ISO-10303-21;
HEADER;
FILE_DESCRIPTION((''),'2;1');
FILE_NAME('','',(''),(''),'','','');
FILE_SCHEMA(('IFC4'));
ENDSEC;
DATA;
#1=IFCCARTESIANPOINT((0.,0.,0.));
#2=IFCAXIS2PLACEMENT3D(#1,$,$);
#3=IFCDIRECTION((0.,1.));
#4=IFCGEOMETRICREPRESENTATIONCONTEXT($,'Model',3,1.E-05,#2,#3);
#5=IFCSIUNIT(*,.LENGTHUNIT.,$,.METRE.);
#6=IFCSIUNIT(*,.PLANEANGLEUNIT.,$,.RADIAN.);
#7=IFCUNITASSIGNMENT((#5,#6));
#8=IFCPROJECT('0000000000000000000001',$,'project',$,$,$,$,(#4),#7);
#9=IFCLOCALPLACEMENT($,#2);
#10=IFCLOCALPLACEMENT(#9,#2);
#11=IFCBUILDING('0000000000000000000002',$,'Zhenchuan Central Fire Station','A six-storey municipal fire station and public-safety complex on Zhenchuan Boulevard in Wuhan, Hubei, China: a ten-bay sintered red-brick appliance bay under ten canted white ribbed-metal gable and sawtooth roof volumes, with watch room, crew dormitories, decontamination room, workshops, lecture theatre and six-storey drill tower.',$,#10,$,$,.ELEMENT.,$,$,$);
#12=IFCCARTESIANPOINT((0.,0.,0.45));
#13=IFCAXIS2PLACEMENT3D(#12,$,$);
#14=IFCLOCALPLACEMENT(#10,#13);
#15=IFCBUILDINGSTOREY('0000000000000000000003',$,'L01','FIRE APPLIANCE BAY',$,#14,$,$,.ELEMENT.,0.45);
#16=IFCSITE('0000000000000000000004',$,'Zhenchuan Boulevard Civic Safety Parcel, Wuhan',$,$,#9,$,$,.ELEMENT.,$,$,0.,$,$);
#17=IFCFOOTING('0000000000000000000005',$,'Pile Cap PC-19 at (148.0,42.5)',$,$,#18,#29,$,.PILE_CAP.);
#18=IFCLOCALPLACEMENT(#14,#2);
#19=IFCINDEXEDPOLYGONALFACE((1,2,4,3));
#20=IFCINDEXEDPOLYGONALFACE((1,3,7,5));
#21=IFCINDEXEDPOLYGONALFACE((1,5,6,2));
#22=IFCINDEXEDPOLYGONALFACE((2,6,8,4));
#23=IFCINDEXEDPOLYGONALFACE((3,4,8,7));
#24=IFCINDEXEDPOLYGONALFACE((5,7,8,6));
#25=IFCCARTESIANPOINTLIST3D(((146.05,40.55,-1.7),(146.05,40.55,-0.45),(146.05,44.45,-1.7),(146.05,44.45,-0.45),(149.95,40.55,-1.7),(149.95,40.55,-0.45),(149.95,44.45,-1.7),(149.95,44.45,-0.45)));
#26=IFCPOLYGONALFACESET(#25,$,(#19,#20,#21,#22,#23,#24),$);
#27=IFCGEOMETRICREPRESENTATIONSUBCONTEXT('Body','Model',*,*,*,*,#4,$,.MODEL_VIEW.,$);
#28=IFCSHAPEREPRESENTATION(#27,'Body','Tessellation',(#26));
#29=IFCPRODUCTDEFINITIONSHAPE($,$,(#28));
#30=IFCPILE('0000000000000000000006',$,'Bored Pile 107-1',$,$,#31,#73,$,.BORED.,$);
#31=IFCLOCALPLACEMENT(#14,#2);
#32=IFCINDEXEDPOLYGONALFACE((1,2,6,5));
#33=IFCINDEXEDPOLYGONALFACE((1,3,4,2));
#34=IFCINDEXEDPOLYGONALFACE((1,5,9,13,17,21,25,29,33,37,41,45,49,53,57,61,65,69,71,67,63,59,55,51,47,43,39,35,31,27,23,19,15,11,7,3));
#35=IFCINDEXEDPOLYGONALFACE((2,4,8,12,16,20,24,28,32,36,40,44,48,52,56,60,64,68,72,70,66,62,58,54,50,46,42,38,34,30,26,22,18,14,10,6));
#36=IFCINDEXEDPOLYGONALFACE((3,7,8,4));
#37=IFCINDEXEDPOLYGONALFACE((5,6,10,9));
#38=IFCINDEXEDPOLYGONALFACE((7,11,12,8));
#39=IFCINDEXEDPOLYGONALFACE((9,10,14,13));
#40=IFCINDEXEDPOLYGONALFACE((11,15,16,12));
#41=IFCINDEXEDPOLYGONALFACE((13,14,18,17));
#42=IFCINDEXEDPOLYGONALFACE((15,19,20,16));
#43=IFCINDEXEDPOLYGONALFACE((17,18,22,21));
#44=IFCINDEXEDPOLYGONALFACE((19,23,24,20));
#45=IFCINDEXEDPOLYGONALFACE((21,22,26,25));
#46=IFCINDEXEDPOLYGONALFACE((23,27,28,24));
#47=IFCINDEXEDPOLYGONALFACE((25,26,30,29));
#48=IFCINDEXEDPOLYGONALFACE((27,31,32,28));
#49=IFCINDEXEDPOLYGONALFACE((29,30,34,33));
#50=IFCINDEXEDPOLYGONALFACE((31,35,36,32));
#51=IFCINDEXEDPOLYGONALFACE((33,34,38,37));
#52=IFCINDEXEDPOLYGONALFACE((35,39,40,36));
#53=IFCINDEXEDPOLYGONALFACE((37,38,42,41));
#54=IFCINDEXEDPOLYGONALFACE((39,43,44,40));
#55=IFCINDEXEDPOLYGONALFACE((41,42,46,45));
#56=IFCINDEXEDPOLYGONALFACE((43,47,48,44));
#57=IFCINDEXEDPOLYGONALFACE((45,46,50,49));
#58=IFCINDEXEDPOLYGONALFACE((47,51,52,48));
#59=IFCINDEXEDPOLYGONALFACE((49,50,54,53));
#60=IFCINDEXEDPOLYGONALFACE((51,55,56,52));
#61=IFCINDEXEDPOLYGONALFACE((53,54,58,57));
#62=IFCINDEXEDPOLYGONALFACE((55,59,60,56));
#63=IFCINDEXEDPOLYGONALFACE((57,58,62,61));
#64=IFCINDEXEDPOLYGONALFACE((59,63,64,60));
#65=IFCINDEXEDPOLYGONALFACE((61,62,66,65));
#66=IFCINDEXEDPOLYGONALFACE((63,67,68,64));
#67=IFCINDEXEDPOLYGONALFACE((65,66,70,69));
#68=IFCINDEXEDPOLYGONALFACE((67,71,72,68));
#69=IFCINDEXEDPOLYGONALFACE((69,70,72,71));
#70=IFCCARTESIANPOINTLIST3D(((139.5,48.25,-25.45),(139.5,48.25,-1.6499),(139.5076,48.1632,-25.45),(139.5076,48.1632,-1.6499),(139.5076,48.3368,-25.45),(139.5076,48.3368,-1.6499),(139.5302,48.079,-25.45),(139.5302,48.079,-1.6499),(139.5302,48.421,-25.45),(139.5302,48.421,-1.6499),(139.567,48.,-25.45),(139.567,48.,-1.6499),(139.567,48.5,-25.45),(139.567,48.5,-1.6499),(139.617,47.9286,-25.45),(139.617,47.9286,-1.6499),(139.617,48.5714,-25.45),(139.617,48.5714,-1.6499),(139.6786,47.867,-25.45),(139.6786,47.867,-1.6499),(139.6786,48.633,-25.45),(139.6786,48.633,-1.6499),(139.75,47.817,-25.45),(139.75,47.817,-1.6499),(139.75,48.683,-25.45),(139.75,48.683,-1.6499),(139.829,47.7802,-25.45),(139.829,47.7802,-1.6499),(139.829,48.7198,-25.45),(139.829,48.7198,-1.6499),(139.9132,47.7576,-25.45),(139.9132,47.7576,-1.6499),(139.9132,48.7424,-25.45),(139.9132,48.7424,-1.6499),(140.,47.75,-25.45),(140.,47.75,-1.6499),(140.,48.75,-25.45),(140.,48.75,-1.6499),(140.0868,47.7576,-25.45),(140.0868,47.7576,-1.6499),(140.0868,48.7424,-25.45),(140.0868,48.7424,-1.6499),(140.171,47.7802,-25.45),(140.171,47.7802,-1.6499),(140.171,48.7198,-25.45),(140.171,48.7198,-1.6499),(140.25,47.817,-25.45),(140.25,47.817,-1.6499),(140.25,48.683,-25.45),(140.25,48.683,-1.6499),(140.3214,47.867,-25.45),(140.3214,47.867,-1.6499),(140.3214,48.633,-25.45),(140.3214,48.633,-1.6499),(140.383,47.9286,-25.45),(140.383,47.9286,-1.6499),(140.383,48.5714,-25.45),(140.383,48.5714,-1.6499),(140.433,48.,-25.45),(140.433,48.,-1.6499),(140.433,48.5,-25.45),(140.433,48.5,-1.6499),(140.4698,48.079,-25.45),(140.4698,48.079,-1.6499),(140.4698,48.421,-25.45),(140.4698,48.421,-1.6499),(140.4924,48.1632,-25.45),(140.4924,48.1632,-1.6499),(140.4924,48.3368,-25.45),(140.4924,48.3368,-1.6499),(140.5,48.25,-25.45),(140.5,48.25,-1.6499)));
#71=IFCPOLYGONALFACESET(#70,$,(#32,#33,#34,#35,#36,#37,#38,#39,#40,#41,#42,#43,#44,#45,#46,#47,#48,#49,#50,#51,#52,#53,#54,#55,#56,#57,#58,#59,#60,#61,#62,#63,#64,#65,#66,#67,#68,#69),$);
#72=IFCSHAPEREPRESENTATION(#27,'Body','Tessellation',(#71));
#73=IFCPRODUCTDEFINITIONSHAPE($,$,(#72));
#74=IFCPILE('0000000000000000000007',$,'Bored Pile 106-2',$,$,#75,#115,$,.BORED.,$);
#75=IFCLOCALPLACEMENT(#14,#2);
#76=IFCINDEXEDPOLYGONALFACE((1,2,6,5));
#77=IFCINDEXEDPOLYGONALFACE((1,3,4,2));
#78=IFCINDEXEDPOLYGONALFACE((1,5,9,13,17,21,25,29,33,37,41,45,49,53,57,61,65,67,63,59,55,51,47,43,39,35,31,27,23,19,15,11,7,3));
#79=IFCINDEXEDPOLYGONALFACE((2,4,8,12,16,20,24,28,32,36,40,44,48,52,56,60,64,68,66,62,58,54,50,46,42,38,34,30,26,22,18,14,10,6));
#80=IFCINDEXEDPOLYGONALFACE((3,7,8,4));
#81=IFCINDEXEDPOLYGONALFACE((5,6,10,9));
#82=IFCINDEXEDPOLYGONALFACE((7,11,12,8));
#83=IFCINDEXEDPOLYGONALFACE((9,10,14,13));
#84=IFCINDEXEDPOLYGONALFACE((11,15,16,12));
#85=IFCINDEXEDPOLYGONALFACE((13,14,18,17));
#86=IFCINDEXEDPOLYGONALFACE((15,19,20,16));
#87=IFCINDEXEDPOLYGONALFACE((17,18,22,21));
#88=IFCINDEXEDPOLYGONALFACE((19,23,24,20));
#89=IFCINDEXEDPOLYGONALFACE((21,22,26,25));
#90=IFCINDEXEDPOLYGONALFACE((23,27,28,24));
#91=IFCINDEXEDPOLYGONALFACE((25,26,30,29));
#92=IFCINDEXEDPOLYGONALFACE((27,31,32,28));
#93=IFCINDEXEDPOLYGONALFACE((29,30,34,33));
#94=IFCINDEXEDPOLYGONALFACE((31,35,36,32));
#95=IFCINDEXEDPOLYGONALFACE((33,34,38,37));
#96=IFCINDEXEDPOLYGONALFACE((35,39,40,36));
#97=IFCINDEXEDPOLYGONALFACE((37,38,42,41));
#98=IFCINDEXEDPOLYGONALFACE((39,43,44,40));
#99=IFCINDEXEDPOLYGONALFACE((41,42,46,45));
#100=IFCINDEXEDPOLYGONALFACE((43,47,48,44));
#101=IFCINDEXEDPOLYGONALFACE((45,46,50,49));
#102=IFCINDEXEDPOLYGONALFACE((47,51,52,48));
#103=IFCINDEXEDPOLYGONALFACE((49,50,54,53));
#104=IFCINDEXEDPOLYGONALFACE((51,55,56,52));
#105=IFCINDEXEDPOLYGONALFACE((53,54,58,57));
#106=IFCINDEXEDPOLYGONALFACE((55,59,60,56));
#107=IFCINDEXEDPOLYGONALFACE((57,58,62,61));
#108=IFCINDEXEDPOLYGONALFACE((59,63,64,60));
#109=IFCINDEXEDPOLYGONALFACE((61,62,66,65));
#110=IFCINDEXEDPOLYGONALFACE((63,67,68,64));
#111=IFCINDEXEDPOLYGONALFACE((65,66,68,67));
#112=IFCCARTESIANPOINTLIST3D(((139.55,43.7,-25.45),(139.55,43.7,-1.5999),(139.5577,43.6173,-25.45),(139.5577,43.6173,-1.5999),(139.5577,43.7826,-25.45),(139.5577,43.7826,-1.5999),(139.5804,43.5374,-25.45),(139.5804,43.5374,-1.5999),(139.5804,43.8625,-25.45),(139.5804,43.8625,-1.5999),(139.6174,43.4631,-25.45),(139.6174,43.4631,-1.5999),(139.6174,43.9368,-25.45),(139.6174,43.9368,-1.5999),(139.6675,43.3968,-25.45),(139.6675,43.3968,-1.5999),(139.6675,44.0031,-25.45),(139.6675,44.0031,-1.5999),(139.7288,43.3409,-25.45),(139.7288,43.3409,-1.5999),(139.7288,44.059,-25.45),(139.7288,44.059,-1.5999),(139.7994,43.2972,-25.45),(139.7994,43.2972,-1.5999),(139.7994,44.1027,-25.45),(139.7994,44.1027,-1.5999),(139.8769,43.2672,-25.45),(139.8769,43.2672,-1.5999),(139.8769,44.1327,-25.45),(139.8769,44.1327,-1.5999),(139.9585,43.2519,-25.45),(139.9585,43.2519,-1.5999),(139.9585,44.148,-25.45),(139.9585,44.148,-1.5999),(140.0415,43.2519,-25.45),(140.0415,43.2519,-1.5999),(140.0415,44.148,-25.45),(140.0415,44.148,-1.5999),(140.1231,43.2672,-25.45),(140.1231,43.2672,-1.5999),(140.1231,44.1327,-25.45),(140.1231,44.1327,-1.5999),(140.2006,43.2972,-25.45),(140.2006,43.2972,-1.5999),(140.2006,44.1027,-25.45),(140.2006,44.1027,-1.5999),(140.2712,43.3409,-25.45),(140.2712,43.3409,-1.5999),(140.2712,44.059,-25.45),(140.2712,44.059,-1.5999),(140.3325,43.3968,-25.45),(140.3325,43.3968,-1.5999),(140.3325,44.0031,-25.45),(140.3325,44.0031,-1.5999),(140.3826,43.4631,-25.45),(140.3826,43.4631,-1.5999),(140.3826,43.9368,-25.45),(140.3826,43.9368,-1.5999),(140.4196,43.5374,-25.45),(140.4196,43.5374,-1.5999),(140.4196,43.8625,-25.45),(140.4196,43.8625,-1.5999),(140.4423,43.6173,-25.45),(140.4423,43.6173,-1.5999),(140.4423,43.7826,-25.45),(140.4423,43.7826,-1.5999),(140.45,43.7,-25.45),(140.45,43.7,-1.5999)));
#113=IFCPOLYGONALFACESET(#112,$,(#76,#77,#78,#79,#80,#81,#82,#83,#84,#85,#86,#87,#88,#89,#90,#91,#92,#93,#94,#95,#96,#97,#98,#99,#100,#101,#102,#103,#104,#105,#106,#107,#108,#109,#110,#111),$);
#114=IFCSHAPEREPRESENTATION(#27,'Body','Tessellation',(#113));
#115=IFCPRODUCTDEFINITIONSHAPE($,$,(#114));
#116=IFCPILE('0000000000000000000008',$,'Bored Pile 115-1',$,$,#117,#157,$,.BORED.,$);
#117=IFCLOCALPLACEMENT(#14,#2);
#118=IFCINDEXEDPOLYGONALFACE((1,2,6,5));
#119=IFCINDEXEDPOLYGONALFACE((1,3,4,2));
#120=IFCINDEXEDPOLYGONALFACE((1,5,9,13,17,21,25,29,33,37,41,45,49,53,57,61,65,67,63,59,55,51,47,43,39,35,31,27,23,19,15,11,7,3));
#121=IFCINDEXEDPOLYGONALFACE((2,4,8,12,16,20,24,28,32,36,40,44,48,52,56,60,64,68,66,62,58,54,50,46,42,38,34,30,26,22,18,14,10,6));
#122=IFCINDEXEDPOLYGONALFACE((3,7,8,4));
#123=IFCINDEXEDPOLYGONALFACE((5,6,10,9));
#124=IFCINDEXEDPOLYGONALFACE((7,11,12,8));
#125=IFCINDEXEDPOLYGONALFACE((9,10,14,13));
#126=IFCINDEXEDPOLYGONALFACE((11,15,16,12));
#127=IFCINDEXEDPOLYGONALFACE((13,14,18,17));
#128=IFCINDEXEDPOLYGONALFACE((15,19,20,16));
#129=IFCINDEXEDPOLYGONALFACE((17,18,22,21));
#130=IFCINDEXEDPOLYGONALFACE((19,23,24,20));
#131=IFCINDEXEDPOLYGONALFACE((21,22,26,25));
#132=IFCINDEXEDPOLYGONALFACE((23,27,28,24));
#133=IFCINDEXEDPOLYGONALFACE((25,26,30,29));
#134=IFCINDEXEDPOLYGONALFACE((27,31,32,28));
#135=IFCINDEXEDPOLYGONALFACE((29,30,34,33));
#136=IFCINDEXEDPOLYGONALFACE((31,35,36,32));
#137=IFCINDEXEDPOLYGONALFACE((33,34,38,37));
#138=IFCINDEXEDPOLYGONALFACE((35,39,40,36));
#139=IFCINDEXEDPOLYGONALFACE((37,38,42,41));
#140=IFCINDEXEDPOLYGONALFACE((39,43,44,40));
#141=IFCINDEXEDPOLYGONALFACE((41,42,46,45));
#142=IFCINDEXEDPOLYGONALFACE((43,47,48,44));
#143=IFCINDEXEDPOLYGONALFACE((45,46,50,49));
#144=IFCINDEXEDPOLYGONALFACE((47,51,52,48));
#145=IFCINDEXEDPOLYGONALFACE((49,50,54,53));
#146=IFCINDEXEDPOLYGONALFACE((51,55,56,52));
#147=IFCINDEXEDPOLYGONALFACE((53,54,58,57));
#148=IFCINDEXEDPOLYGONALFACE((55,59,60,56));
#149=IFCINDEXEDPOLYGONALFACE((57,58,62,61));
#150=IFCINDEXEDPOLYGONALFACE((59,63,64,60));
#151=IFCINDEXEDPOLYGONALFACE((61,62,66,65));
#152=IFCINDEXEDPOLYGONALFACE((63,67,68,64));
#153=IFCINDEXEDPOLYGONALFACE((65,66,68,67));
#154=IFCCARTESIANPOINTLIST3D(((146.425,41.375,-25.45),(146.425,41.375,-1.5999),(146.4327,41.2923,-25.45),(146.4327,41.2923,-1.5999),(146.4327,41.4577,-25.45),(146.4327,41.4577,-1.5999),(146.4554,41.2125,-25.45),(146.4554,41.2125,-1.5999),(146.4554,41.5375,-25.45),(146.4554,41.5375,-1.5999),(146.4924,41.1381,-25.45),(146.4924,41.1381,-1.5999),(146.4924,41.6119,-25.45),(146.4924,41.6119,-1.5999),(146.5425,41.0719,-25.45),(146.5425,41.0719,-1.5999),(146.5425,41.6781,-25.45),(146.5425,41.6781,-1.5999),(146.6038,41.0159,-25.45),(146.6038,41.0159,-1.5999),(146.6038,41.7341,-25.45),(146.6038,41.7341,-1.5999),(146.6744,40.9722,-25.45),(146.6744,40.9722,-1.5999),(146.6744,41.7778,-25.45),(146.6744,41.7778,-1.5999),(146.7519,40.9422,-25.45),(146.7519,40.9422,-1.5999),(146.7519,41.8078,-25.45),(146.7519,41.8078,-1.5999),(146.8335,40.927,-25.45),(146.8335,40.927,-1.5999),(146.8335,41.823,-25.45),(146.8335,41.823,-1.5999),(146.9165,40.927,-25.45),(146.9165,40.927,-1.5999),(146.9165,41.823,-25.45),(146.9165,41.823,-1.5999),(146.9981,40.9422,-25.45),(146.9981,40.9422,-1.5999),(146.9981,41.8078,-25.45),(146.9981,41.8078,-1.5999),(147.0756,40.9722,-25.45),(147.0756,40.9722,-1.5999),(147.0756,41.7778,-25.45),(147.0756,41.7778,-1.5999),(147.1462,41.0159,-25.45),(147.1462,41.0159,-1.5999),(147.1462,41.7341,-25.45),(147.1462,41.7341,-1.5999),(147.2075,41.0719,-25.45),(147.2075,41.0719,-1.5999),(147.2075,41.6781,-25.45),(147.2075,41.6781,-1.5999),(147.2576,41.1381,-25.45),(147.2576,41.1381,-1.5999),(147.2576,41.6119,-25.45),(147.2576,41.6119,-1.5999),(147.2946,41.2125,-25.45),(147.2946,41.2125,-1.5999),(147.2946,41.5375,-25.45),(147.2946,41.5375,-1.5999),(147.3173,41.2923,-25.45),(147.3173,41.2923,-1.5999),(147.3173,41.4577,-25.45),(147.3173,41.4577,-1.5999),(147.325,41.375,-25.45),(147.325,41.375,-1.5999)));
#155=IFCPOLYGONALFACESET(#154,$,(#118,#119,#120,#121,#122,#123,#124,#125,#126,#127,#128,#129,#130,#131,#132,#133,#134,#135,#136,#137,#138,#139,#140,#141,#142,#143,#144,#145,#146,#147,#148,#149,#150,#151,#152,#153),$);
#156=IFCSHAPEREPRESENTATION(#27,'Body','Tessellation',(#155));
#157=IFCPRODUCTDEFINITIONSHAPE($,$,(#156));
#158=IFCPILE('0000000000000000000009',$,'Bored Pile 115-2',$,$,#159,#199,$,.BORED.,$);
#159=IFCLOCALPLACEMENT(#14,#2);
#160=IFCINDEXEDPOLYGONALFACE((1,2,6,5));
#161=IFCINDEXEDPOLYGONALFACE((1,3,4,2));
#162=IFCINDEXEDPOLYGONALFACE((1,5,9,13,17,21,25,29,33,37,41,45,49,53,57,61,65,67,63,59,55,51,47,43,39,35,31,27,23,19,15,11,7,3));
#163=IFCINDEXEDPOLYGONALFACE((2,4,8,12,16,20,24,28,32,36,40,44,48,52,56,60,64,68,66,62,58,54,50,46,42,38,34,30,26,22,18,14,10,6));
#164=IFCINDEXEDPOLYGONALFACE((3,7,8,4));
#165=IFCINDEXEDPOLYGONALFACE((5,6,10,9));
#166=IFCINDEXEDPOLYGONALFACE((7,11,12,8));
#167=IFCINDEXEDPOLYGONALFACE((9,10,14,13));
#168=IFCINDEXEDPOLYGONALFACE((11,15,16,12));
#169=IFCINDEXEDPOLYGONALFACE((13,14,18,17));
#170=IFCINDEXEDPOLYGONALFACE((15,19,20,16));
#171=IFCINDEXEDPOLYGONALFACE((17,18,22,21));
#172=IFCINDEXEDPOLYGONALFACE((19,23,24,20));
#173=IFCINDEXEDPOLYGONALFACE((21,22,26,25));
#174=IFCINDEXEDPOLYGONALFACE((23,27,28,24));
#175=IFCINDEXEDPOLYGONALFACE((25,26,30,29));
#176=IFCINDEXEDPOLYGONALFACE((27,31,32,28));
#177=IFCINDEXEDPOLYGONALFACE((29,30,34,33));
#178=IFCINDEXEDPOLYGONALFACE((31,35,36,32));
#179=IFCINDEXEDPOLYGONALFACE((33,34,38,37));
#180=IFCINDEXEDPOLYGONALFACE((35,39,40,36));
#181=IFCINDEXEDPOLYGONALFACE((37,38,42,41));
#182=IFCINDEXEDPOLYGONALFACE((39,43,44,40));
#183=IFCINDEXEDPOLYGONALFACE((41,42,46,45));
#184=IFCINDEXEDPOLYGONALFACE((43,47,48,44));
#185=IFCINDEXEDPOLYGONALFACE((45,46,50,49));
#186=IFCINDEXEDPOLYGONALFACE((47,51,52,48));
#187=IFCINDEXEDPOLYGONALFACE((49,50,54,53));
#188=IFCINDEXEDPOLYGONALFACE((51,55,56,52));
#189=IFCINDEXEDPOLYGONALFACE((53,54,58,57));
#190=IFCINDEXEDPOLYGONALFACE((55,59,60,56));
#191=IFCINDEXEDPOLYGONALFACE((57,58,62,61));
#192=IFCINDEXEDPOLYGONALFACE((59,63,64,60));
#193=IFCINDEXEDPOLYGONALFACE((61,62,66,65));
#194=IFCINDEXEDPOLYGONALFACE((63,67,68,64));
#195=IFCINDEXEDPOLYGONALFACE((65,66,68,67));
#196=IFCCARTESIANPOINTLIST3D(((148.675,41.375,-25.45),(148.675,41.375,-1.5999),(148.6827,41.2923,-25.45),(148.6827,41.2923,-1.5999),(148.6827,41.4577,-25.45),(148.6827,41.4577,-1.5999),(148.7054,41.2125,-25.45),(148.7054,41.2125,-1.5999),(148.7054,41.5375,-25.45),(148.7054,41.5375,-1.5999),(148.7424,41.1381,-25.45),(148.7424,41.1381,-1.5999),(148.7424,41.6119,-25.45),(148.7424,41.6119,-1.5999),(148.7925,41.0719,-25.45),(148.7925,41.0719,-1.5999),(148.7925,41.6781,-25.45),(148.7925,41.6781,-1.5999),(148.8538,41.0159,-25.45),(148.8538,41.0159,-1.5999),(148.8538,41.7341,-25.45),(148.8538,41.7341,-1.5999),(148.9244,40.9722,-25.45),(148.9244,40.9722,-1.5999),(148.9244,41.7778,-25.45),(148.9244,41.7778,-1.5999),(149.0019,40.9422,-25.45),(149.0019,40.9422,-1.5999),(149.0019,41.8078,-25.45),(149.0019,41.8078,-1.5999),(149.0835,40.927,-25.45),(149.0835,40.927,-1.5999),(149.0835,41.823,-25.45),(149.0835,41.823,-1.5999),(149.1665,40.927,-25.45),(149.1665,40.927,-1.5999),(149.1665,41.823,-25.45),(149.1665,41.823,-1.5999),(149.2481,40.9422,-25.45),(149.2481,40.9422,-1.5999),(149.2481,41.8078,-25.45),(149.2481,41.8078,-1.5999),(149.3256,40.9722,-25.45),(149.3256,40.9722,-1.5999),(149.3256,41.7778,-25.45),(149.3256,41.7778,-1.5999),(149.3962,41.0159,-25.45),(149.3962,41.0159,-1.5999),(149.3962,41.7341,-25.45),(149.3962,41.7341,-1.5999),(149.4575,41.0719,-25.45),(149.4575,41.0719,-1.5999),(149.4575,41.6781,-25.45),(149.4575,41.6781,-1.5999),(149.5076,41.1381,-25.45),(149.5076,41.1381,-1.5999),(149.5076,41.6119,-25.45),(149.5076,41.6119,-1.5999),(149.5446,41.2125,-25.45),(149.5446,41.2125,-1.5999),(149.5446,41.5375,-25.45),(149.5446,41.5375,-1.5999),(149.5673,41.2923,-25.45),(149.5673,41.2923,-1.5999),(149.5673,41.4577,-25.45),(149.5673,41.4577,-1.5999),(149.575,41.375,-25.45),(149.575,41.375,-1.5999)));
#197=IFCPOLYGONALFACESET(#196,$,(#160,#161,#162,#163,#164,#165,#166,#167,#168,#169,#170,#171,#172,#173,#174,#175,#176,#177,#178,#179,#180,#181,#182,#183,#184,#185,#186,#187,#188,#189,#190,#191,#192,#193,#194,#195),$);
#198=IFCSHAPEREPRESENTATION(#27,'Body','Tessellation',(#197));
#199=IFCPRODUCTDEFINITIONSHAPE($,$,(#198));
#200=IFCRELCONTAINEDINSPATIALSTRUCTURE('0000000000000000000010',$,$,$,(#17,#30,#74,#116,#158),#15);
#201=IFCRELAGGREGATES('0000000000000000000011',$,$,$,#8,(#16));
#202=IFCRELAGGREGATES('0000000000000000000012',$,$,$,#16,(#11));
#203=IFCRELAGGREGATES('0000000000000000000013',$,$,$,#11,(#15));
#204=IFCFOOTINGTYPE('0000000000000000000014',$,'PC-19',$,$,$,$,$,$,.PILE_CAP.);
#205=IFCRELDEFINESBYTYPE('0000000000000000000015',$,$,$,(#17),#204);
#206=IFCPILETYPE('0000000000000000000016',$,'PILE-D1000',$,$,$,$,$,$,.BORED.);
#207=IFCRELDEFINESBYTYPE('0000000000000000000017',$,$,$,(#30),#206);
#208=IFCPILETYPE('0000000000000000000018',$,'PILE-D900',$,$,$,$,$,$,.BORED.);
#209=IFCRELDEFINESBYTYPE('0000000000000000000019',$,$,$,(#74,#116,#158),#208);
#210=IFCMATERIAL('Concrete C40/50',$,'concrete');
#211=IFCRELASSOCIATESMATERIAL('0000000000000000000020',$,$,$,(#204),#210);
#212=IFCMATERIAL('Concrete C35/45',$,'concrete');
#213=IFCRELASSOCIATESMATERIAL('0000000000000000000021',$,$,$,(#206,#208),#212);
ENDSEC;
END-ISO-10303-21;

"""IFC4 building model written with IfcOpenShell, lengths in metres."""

from ifc_helpers import new_model, si_unit, direction, frame, origin, origin_2d, place, context, subcontext, project, spatial, rectangle, circle, extrude, material, material_profile, profile_set, type_object, element, save


model = new_model("IFC4")

# Units and contexts
model_context = context("Model", 3, precision=1e-05, world=origin(), true_north=direction((0.0, 1.0)))
body_context = subcontext(model_context, "Body", "Model", "MODEL_VIEW")
ifc_project = project(units=[si_unit("LENGTHUNIT", "METRE"), si_unit("PLANEANGLEUNIT", "RADIAN")], contexts=[model_context])

# Site, building, storey
site_placement = place(None, origin())
site = spatial("IfcSite", under=ifc_project, at=site_placement, Name="Zhenchuan Boulevard Civic Safety Parcel, Wuhan", CompositionType="ELEMENT", RefElevation=0.0)
building_placement = place(site_placement, origin())
building = spatial("IfcBuilding", under=site, at=building_placement, Name="Zhenchuan Central Fire Station", Description="A six-storey municipal fire station and public-safety complex on Zhenchuan Boulevard in Wuhan, Hubei, China: a ten-bay sintered red-brick appliance bay under ten canted white ribbed-metal gable and sawtooth roof volumes, with watch room, crew dormitories, decontamination room, workshops, lecture theatre and six-storey drill tower.", CompositionType="ELEMENT")
storey_placement = place(building_placement, frame((0.0, 0.0, 0.45)))
storey = spatial("IfcBuildingStorey", under=building, at=storey_placement, Name="L01", Description="FIRE APPLIANCE BAY", CompositionType="ELEMENT", Elevation=0.45)

# Footing
ifc_material_1 = material(Name="Concrete C40/50", Category="concrete")
footing_type = type_object("IfcFootingType", Name="PC-19", PredefinedType="PILE_CAP", material=ifc_material_1)
footing_placement = place(storey_placement, frame((148.0, 42.5, -1.7), z_axis=(0.0, 0.0, 1.0), x_axis=(1.0, 0.0, 0.0)))
element("IfcFooting", 1, at=footing_placement, inside=storey, type_object=footing_type, Name="Pile Cap PC-19 at (148.0,42.5)", PredefinedType="PILE_CAP", context=body_context, shape_type="SweptSolid", body=[
    extrude(rectangle(XDim=3.8999, YDim=3.8999, at=origin_2d()), origin(), (0.0, 0.0, 1.0), 1.25),
])

# Piles
ifc_material_2 = material(Name="Concrete C35/45", Category="concrete")
ifc_material_profile_1 = material_profile(ifc_material_2, circle(Radius=0.5, at=origin_2d()), Name="PILE D1000")
ifc_profile_set_1 = profile_set([ifc_material_profile_1], Name="Concrete C35/45")
pile_type_1 = type_object("IfcPileType", Name="PILE-D1000", PredefinedType="BORED", material=ifc_profile_set_1)
pile_placement = place(storey_placement, frame((140.0, 48.25, -1.6499), z_axis=(0.0, 0.0, -1.0), x_axis=(1.0, 0.0, 0.0)))
element("IfcPile", 2, at=pile_placement, inside=storey, type_object=pile_type_1, Name="Bored Pile 107-1", PredefinedType="BORED", context=body_context, shape_type="SweptSolid", body=[
    extrude(circle(Radius=0.5, at=origin_2d()), origin(), (0.0, 0.0, 1.0), 23.8),
])
ifc_material_profile_2 = material_profile(ifc_material_2, circle(Radius=0.45, at=origin_2d()), Name="PILE D900")
ifc_profile_set_2 = profile_set([ifc_material_profile_2], Name="Concrete C35/45")
pile_type_2 = type_object("IfcPileType", Name="PILE-D900", PredefinedType="BORED", material=ifc_profile_set_2)
for number, where, z_axis, x_axis, name in (
    (3, (140.0, 43.7, -1.5999), (0.0, 0.0, -1.0), (1.0, 0.0, 0.0), "Bored Pile 106-2"),
    (4, (146.875, 41.375, -1.5999), (0.0, 0.0, -1.0), (1.0, 0.0, 0.0), "Bored Pile 115-1"),
    (5, (149.125, 41.375, -1.5999), (0.0, 0.0, -1.0), (1.0, 0.0, 0.0), "Bored Pile 115-2"),
):
    element("IfcPile", number, at=place(storey_placement, frame(where, z_axis=z_axis, x_axis=x_axis)), inside=storey, type_object=pile_type_2, Name=name, PredefinedType="BORED", context=body_context, shape_type="SweptSolid", body=[
        extrude(circle(Radius=0.45, at=origin_2d()), origin(), (0.0, 0.0, 1.0), 23.8501),
    ])

save(model, "model.ifc")
